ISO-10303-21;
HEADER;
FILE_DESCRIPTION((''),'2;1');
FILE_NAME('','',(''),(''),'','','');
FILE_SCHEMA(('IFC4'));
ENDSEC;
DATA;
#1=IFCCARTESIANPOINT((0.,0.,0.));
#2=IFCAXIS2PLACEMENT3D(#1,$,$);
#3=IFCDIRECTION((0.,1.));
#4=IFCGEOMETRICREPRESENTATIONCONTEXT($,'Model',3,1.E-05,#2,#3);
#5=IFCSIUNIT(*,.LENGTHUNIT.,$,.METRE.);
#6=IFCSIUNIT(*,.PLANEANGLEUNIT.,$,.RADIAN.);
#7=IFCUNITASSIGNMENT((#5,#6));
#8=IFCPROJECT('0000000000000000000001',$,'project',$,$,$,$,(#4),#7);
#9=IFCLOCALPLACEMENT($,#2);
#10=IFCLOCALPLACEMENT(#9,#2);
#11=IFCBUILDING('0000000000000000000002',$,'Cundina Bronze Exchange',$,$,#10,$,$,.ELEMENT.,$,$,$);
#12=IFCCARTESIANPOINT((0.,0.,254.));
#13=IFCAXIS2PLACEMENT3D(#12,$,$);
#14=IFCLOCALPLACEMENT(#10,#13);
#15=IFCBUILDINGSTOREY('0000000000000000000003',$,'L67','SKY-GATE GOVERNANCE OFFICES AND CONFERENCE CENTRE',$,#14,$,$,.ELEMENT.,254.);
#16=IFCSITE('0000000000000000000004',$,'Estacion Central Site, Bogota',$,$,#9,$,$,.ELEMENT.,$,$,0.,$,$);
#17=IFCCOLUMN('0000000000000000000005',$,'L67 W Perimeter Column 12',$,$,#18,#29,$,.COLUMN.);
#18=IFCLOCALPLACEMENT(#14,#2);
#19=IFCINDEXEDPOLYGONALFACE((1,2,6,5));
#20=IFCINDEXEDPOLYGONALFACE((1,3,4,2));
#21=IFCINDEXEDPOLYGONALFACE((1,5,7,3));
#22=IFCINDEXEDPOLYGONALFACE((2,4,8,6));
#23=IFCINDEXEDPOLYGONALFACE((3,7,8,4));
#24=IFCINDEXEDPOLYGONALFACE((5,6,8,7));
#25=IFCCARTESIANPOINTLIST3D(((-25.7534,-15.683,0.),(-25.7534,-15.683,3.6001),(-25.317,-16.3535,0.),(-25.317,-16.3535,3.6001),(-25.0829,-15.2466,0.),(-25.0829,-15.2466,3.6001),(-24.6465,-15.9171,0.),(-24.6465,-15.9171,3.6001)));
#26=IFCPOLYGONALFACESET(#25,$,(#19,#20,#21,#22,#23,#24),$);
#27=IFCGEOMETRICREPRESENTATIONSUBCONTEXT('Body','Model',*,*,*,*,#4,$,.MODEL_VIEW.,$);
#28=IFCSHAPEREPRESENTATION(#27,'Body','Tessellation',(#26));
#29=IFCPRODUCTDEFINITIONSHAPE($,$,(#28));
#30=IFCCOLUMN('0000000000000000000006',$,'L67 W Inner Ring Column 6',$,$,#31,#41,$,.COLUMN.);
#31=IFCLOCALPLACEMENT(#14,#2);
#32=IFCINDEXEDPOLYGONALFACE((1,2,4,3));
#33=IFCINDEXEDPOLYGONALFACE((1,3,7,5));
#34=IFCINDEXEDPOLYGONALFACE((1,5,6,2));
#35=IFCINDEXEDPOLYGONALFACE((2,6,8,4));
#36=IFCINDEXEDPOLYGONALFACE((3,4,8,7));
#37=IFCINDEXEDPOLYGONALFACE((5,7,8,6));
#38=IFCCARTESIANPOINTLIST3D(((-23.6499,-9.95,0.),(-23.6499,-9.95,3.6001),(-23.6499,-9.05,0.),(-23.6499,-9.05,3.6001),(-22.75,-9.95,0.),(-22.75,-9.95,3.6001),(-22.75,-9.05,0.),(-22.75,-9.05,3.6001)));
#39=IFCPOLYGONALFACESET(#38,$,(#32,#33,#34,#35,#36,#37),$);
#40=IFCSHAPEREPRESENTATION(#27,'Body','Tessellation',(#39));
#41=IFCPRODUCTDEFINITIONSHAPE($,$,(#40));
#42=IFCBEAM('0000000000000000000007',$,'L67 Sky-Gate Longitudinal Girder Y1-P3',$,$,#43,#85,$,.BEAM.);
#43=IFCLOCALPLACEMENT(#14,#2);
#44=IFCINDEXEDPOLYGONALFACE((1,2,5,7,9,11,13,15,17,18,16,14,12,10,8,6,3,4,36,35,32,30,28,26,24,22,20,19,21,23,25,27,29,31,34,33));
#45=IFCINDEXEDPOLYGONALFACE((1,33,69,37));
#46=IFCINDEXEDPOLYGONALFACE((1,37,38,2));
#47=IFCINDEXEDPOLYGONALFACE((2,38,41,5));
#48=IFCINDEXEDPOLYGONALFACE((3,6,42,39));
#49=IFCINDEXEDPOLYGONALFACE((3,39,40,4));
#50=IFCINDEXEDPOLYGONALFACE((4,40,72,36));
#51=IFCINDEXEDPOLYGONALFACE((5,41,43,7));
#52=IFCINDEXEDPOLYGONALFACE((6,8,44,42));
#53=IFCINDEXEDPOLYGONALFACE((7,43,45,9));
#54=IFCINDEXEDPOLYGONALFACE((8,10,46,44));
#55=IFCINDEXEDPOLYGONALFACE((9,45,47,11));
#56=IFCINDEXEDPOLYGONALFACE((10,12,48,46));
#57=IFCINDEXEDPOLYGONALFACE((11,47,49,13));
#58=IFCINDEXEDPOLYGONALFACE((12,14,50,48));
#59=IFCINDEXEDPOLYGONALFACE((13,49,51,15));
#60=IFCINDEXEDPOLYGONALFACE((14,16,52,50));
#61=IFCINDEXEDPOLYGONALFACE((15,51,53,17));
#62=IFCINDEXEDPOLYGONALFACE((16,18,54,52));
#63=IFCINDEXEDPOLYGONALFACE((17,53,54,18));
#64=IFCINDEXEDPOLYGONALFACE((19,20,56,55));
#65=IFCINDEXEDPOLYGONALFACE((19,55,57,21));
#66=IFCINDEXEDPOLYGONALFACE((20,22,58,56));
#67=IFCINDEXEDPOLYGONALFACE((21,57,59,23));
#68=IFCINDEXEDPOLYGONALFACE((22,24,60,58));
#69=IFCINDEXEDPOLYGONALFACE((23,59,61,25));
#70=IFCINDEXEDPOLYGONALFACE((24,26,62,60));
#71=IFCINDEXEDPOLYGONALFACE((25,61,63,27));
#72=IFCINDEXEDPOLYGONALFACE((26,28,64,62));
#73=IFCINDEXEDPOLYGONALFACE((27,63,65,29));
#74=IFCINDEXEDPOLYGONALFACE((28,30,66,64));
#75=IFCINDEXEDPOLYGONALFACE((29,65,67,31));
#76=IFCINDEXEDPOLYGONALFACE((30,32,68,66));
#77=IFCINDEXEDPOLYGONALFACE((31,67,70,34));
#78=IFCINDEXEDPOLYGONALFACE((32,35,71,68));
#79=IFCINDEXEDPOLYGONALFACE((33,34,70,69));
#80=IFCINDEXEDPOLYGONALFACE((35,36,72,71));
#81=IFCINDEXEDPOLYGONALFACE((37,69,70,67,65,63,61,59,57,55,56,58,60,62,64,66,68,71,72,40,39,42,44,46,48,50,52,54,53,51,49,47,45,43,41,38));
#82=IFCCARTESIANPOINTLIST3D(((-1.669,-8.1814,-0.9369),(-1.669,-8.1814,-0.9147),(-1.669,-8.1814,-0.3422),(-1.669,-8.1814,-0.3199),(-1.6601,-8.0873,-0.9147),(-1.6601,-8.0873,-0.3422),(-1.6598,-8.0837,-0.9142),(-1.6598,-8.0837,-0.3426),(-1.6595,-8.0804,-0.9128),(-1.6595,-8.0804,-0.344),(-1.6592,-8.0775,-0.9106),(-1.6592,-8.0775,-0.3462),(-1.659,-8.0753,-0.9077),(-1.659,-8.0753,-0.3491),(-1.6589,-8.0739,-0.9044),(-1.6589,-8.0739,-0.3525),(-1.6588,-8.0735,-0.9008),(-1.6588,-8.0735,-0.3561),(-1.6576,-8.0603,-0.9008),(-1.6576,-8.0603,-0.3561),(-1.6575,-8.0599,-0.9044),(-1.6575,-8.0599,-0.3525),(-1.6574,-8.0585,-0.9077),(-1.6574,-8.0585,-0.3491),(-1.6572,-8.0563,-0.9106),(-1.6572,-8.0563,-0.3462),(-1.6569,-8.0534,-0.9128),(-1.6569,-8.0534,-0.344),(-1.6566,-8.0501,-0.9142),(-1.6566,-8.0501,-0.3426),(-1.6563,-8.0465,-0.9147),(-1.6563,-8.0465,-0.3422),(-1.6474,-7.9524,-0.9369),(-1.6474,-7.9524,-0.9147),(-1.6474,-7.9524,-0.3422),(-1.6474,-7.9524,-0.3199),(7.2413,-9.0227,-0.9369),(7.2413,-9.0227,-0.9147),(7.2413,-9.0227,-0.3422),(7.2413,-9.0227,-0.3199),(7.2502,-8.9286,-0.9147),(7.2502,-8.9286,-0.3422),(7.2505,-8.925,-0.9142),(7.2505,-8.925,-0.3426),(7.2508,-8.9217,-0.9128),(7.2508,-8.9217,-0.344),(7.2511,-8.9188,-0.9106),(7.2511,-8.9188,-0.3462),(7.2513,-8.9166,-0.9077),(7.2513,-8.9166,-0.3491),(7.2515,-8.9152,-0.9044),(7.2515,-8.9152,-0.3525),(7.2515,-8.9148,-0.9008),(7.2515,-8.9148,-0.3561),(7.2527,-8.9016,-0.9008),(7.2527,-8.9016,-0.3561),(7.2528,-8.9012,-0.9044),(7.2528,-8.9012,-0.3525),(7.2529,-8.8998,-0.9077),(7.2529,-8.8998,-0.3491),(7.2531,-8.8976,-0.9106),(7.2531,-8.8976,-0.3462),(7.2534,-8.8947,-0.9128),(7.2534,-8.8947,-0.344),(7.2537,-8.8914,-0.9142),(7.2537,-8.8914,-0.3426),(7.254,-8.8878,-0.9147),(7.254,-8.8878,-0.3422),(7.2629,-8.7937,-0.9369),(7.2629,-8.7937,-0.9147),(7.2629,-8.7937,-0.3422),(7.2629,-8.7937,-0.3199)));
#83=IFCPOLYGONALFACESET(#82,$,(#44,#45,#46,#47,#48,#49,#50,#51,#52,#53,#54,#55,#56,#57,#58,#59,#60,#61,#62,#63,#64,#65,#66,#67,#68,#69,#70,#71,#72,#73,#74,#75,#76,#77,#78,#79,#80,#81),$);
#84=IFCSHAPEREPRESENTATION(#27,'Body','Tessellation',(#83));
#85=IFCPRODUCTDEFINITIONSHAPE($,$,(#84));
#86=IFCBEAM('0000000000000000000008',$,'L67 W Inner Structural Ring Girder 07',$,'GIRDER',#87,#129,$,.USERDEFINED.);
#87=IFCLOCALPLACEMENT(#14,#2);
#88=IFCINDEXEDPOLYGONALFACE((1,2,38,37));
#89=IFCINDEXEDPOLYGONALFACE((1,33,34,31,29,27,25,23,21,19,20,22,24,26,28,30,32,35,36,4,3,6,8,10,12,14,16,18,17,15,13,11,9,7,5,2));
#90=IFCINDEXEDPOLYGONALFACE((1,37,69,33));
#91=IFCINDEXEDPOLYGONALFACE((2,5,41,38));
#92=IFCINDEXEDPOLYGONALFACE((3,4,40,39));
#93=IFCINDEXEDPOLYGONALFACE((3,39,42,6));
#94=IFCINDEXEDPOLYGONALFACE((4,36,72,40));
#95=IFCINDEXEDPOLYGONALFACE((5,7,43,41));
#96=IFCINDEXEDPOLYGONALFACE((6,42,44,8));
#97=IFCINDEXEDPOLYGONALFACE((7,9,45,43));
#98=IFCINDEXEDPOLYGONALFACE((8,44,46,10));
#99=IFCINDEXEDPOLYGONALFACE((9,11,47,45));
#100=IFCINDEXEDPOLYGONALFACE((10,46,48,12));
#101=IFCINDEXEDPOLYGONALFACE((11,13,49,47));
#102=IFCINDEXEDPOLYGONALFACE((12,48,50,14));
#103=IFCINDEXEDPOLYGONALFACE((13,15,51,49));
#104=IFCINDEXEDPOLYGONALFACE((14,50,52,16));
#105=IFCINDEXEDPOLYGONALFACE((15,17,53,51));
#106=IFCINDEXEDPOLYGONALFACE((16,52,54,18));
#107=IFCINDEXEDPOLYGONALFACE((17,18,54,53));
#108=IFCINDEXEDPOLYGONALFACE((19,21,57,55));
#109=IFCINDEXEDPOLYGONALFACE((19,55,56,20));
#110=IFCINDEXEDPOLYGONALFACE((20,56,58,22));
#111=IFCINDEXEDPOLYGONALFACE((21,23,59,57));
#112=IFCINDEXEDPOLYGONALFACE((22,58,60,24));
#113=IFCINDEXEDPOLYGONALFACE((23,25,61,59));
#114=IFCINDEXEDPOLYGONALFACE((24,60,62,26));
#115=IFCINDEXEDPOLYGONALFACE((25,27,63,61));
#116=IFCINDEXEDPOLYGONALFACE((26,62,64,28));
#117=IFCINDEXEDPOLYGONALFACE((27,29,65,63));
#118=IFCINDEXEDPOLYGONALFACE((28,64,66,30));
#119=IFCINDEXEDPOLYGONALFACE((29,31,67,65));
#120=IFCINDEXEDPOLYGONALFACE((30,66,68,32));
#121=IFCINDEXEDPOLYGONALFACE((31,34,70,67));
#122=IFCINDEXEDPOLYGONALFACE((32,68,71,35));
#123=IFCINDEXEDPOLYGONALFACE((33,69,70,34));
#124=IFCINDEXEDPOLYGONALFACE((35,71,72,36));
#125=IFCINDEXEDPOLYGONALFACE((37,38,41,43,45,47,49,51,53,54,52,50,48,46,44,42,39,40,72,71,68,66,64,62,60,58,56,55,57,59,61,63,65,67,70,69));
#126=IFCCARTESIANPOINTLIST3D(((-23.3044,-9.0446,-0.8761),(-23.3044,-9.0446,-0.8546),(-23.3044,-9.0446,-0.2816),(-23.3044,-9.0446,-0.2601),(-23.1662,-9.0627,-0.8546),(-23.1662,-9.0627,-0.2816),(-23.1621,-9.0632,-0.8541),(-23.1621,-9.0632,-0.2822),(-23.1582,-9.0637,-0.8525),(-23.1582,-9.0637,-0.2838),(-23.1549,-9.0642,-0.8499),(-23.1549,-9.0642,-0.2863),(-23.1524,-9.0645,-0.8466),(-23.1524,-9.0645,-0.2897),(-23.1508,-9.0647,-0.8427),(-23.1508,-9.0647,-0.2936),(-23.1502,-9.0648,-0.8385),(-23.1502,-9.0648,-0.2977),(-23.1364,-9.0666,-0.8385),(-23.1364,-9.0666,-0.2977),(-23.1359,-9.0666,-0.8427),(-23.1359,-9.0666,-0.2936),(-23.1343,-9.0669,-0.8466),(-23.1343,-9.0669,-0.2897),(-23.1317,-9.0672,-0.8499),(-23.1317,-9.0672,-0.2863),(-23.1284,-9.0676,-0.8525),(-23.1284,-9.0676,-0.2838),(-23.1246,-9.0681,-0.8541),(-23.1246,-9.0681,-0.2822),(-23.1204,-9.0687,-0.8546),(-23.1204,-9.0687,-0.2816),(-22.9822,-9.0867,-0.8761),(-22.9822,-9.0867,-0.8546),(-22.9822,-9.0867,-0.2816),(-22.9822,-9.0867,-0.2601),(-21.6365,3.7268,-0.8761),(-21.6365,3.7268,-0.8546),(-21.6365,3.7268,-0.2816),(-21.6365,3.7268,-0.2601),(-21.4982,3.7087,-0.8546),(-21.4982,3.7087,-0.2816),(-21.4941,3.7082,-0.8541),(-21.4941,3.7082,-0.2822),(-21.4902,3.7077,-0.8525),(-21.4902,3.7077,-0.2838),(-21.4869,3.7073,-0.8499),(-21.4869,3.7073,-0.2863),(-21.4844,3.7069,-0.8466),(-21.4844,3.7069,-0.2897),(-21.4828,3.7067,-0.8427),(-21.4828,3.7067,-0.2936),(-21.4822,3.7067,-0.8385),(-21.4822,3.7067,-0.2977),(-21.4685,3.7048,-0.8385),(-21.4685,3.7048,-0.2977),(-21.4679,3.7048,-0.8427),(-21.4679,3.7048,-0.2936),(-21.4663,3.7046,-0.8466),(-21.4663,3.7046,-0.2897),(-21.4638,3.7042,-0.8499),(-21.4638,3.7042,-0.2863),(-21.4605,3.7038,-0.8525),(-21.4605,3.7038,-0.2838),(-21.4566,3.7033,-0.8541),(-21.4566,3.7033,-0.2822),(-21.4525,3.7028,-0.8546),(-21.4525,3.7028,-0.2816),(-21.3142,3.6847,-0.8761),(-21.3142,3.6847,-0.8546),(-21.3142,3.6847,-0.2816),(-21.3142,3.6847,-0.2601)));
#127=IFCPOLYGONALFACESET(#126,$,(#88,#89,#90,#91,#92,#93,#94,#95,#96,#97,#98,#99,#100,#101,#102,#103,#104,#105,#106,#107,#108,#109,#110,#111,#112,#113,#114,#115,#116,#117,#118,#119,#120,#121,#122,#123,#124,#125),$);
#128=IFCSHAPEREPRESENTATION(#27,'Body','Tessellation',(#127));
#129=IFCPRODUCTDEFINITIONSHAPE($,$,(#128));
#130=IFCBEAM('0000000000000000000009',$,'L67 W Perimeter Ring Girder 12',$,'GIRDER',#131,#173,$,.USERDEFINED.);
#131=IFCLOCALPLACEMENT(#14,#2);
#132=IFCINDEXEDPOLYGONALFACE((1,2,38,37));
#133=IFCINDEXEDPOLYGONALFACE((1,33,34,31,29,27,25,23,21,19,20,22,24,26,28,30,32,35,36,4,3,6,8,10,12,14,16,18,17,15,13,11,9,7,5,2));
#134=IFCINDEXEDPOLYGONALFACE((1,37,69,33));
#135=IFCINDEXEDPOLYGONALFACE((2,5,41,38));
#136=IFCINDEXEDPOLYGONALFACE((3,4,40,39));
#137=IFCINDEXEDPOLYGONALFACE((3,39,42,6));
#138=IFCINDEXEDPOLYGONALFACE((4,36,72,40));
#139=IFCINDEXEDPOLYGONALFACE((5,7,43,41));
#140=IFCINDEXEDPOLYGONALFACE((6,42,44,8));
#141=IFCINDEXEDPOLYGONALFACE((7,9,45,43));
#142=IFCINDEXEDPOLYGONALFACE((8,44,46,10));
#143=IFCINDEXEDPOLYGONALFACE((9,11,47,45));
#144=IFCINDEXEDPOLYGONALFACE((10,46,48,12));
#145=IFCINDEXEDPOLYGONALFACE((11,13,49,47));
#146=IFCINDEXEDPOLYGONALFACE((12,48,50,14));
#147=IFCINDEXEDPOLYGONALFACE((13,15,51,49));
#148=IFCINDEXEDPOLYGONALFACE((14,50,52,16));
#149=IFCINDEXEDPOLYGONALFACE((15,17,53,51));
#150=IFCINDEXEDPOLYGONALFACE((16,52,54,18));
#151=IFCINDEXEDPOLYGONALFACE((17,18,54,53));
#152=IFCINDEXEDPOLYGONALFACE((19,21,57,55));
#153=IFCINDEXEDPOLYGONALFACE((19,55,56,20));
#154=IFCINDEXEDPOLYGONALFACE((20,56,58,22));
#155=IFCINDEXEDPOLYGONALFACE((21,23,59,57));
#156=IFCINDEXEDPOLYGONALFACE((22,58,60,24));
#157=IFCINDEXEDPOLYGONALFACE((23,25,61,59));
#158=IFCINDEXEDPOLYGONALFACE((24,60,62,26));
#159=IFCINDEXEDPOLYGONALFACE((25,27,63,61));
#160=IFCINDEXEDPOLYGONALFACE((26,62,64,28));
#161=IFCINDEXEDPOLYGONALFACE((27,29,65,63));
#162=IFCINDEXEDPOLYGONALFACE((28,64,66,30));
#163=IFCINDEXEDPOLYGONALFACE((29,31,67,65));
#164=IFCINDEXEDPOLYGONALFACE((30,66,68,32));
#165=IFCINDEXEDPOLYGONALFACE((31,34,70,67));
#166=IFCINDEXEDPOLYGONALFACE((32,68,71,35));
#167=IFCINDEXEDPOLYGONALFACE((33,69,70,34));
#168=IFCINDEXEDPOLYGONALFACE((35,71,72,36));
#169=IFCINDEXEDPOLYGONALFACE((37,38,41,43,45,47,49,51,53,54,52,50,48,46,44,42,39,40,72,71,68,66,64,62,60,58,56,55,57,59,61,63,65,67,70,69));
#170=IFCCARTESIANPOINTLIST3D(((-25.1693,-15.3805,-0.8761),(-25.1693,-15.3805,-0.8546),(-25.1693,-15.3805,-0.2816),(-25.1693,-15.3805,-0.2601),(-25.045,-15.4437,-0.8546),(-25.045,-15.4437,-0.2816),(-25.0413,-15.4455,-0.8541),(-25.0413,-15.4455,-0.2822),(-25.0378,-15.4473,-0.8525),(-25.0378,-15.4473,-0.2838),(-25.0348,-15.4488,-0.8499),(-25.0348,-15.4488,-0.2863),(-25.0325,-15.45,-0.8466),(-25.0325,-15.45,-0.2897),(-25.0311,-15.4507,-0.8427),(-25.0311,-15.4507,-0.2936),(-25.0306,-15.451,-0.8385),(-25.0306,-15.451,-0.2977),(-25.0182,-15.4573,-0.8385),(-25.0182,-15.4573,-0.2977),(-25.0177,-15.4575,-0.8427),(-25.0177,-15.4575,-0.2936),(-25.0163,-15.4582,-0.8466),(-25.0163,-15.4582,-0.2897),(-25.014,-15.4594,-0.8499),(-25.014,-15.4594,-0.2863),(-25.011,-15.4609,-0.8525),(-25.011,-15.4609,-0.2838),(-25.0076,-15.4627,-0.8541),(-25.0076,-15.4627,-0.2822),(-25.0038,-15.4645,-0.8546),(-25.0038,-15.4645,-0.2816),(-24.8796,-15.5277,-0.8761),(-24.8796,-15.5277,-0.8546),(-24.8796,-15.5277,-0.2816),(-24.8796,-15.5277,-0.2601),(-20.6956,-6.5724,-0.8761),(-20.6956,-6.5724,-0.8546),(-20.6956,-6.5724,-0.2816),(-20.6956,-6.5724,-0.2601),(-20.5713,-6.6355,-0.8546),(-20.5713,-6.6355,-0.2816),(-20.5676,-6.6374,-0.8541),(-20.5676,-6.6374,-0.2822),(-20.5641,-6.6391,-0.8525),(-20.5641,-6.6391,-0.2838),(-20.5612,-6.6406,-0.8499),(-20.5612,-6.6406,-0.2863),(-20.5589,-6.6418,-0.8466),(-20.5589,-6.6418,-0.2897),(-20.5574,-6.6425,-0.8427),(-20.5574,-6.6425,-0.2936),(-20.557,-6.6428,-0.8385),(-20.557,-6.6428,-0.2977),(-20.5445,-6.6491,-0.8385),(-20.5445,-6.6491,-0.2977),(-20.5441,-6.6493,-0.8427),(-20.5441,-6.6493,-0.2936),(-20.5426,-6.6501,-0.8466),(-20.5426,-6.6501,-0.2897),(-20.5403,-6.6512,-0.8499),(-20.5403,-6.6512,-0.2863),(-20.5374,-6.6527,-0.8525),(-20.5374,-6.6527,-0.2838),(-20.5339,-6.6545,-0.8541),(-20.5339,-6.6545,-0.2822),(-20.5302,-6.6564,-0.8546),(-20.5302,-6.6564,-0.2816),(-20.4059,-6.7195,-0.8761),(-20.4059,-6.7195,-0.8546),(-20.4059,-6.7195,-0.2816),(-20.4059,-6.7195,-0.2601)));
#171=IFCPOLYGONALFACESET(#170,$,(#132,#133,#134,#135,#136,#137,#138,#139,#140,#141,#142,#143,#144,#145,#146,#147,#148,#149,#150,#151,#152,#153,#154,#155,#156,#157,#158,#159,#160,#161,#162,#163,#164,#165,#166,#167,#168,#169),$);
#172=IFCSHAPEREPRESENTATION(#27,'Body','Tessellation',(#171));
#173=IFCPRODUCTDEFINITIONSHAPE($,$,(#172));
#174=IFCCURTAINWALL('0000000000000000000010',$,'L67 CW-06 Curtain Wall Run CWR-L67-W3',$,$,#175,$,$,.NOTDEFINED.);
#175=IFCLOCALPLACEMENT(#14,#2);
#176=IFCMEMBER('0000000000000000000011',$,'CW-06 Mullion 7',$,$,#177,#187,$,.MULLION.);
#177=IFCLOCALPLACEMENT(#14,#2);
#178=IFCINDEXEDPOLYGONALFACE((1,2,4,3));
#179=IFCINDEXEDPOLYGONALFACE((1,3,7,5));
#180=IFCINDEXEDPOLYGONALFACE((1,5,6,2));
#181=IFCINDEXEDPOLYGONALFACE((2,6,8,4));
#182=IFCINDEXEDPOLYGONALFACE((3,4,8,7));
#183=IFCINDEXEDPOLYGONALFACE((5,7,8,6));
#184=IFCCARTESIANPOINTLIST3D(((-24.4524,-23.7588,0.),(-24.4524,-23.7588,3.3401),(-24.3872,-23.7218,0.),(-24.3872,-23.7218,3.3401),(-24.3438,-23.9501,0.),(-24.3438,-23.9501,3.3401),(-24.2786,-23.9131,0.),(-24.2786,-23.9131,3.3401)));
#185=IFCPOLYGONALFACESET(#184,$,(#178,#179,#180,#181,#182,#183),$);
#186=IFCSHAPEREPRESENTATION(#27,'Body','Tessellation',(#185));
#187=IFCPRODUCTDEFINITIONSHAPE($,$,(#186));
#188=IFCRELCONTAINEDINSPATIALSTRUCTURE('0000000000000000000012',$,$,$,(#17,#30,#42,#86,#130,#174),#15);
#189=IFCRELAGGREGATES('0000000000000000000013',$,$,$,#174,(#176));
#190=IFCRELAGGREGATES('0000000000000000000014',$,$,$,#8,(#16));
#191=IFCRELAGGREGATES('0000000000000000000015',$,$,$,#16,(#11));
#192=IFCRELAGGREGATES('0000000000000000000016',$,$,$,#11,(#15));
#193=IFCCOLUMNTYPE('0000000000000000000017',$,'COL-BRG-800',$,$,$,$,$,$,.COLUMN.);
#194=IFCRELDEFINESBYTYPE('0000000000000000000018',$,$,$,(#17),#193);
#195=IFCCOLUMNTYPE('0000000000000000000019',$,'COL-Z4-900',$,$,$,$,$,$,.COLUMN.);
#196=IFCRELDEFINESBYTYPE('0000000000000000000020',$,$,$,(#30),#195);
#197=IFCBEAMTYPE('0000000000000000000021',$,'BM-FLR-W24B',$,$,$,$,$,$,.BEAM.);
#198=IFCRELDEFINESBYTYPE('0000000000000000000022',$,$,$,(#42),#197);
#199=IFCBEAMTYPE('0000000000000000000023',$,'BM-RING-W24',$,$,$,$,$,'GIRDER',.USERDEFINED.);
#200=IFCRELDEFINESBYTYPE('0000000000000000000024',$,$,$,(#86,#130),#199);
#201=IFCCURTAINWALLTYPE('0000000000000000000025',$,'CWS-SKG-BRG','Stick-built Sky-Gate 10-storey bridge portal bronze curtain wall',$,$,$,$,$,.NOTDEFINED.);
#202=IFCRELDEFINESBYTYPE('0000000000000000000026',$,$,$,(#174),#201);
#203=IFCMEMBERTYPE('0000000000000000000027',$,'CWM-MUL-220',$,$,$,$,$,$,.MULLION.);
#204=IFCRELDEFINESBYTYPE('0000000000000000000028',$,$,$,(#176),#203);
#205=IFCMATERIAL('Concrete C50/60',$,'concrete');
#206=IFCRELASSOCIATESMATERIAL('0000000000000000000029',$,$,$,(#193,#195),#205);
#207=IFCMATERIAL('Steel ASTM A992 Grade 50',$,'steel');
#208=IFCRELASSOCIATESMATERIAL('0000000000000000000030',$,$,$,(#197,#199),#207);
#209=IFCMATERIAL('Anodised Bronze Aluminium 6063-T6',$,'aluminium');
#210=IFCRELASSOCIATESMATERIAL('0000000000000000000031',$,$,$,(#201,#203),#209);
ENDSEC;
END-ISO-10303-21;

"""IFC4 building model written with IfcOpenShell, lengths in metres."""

from ifc_helpers import new_model, si_unit, direction, frame, origin, origin_2d, place, context, subcontext, project, spatial, rectangle, i_section, extrude, material, material_profile, profile_set, type_object, element, aggregate, save


model = new_model("IFC4")

# Units and contexts
model_context = context("Model", 3, precision=1e-05, world=origin(), true_north=direction((0.0, 1.0)))
body_context = subcontext(model_context, "Body", "Model", "MODEL_VIEW")
ifc_project = project(units=[si_unit("LENGTHUNIT", "METRE"), si_unit("PLANEANGLEUNIT", "RADIAN")], contexts=[model_context])

# Site, building, storey
site_placement = place(None, origin())
site = spatial("IfcSite", under=ifc_project, at=site_placement, Name="Estacion Central Site, Bogota", CompositionType="ELEMENT", RefElevation=0.0)
building_placement = place(site_placement, origin())
building = spatial("IfcBuilding", under=site, at=building_placement, Name="Cundina Bronze Exchange", CompositionType="ELEMENT")
storey_placement = place(building_placement, frame((0.0, 0.0, 254.0)))
storey = spatial("IfcBuildingStorey", under=building, at=storey_placement, Name="L67", Description="SKY-GATE GOVERNANCE OFFICES AND CONFERENCE CENTRE", CompositionType="ELEMENT", Elevation=254.0)

# Columns
ifc_material_1 = material(Name="Concrete C50/60", Category="concrete")
ifc_material_profile_1 = material_profile(ifc_material_1, rectangle(XDim=0.8, YDim=0.8, at=origin_2d()), Name="RC800X800", Category="concrete")
ifc_profile_set_1 = profile_set([ifc_material_profile_1], Name="Concrete C50/60")
column_type_1 = type_object("IfcColumnType", Name="COL-BRG-800", PredefinedType="COLUMN", material=ifc_profile_set_1)
column_1_placement = place(storey_placement, frame((-25.2, -15.8, 0.0), z_axis=(0.0, 0.0, 1.0), x_axis=(0.8381, 0.545517, 0.0)))
element("IfcColumn", 1, at=column_1_placement, inside=storey, type_object=column_type_1, Name="L67 W Perimeter Column 12", PredefinedType="COLUMN", context=body_context, shape_type="SweptSolid", body=[
    extrude(rectangle(XDim=0.8, YDim=0.8, at=origin_2d()), origin(), (0.0, 0.0, 1.0), 3.6001),
])
ifc_material_profile_2 = material_profile(ifc_material_1, rectangle(XDim=0.8999, YDim=0.8999, at=origin_2d()), Name="RC900X900", Category="concrete")
ifc_profile_set_2 = profile_set([ifc_material_profile_2], Name="Concrete C50/60")
column_type_2 = type_object("IfcColumnType", Name="COL-Z4-900", PredefinedType="COLUMN", material=ifc_profile_set_2)
column_2_placement = place(storey_placement, frame((-23.2, -9.5, 0.0), z_axis=(0.0, 0.0, 1.0), x_axis=(1.0, 0.0, 0.0)))
element("IfcColumn", 2, at=column_2_placement, inside=storey, type_object=column_type_2, Name="L67 W Inner Ring Column 6", PredefinedType="COLUMN", context=body_context, shape_type="SweptSolid", body=[
    extrude(rectangle(XDim=0.8999, YDim=0.8999, at=origin_2d()), origin(), (0.0, 0.0, 1.0), 3.6001),
])

# Beams
ifc_material_2 = material(Name="Steel ASTM A992 Grade 50", Category="steel")
ifc_material_profile_3 = material_profile(ifc_material_2, i_section(OverallWidth=0.23, OverallDepth=0.6169, WebThickness=0.0132, FlangeThickness=0.0222, FilletRadius=0.0139, at=origin_2d()), Name="W24X94", Category="steel")
ifc_profile_set_3 = profile_set([ifc_material_profile_3], Name="Steel ASTM A992 Grade 50")
beam_type_1 = type_object("IfcBeamType", Name="BM-FLR-W24B", PredefinedType="BEAM", material=ifc_profile_set_3)
beam_1_placement = place(storey_placement, frame((-1.6582, -8.0669, -0.6284), z_axis=(0.995572, -0.094001, 0.0), x_axis=(0.094001, 0.995572, 0.0)))
element("IfcBeam", 3, at=beam_1_placement, inside=storey, type_object=beam_type_1, Name="L67 Sky-Gate Longitudinal Girder Y1-P3", PredefinedType="BEAM", context=body_context, shape_type="SweptSolid", body=[
    extrude(i_section(OverallWidth=0.23, OverallDepth=0.6169, WebThickness=0.0132, FlangeThickness=0.0222, FilletRadius=0.0139, at=origin_2d()), origin(), (0.0, 0.0, 1.0), 8.95),
])
ifc_material_profile_4 = material_profile(ifc_material_2, i_section(OverallWidth=0.325, OverallDepth=0.616, WebThickness=0.0139, FlangeThickness=0.0215, FilletRadius=0.0161, at=origin_2d()), Name="W24X117", Category="steel")
ifc_profile_set_4 = profile_set([ifc_material_profile_4], Name="Steel ASTM A992 Grade 50")
beam_type_2 = type_object("IfcBeamType", Name="BM-RING-W24", ElementType="GIRDER", PredefinedType="USERDEFINED", material=ifc_profile_set_4)
beam_2_placement = place(storey_placement, frame((-23.1433, -9.0657, -0.5681), z_axis=(0.129501, 0.991579, 0.0), x_axis=(-0.991579, 0.129501, 0.0)))
element("IfcBeam", 4, at=beam_2_placement, inside=storey, type_object=beam_type_2, Name="L67 W Inner Structural Ring Girder 07", ObjectType="GIRDER", PredefinedType="USERDEFINED", context=body_context, shape_type="SweptSolid", body=[
    extrude(i_section(OverallWidth=0.325, OverallDepth=0.616, WebThickness=0.0139, FlangeThickness=0.0215, FilletRadius=0.0161, at=origin_2d()), origin(), (0.0, 0.0, 1.0), 12.8799),
])
beam_3_placement = place(storey_placement, frame((-25.0244, -15.4541, -0.5681), z_axis=(0.452839, 0.891592, 0.0), x_axis=(-0.891592, 0.452839, 0.0)))
element("IfcBeam", 5, at=beam_3_placement, inside=storey, type_object=beam_type_2, Name="L67 W Perimeter Ring Girder 12", ObjectType="GIRDER", PredefinedType="USERDEFINED", context=body_context, shape_type="SweptSolid", body=[
    extrude(i_section(OverallWidth=0.325, OverallDepth=0.616, WebThickness=0.0139, FlangeThickness=0.0215, FilletRadius=0.0161, at=origin_2d()), origin(), (0.0, 0.0, 1.0), 9.8792),
])

# Curtain wall, member
ifc_material_3 = material(Name="Anodised Bronze Aluminium 6063-T6", Category="aluminium")
curtain_wall_type = type_object("IfcCurtainWallType", Name="CWS-SKG-BRG", Description="Stick-built Sky-Gate 10-storey bridge portal bronze curtain wall", PredefinedType="NOTDEFINED", material=ifc_material_3)
curtain_wall_1_placement = place(storey_placement, origin())
curtain_wall_1 = element("IfcCurtainWall", 6, at=curtain_wall_1_placement, inside=storey, type_object=curtain_wall_type, Name="L67 CW-06 Curtain Wall Run CWR-L67-W3", PredefinedType="NOTDEFINED")
ifc_material_profile_5 = material_profile(ifc_material_3, rectangle(XDim=0.075, YDim=0.22, at=origin_2d()), Name="AL75X220", Category="aluminium")
ifc_profile_set_5 = profile_set([ifc_material_profile_5], Name="Anodised Bronze Aluminium 6063-T6")
member_type_1 = type_object("IfcMemberType", Name="CWM-MUL-220", PredefinedType="MULLION", material=ifc_profile_set_5)
member_1_placement = place(storey_placement, frame((-24.3655, -23.8359, 0.0), z_axis=(0.0, 0.0, 1.0), x_axis=(0.869581, 0.49379, 0.0)))
member_1 = element("IfcMember", 7, at=member_1_placement, type_object=member_type_1, Name="CW-06 Mullion 7", PredefinedType="MULLION", context=body_context, shape_type="SweptSolid", body=[
    extrude(rectangle(XDim=0.075, YDim=0.22, at=origin_2d()), origin(), (0.0, 0.0, 1.0), 3.3401),
])

aggregate(curtain_wall_1, [member_1])

save(model, "model.ifc")
